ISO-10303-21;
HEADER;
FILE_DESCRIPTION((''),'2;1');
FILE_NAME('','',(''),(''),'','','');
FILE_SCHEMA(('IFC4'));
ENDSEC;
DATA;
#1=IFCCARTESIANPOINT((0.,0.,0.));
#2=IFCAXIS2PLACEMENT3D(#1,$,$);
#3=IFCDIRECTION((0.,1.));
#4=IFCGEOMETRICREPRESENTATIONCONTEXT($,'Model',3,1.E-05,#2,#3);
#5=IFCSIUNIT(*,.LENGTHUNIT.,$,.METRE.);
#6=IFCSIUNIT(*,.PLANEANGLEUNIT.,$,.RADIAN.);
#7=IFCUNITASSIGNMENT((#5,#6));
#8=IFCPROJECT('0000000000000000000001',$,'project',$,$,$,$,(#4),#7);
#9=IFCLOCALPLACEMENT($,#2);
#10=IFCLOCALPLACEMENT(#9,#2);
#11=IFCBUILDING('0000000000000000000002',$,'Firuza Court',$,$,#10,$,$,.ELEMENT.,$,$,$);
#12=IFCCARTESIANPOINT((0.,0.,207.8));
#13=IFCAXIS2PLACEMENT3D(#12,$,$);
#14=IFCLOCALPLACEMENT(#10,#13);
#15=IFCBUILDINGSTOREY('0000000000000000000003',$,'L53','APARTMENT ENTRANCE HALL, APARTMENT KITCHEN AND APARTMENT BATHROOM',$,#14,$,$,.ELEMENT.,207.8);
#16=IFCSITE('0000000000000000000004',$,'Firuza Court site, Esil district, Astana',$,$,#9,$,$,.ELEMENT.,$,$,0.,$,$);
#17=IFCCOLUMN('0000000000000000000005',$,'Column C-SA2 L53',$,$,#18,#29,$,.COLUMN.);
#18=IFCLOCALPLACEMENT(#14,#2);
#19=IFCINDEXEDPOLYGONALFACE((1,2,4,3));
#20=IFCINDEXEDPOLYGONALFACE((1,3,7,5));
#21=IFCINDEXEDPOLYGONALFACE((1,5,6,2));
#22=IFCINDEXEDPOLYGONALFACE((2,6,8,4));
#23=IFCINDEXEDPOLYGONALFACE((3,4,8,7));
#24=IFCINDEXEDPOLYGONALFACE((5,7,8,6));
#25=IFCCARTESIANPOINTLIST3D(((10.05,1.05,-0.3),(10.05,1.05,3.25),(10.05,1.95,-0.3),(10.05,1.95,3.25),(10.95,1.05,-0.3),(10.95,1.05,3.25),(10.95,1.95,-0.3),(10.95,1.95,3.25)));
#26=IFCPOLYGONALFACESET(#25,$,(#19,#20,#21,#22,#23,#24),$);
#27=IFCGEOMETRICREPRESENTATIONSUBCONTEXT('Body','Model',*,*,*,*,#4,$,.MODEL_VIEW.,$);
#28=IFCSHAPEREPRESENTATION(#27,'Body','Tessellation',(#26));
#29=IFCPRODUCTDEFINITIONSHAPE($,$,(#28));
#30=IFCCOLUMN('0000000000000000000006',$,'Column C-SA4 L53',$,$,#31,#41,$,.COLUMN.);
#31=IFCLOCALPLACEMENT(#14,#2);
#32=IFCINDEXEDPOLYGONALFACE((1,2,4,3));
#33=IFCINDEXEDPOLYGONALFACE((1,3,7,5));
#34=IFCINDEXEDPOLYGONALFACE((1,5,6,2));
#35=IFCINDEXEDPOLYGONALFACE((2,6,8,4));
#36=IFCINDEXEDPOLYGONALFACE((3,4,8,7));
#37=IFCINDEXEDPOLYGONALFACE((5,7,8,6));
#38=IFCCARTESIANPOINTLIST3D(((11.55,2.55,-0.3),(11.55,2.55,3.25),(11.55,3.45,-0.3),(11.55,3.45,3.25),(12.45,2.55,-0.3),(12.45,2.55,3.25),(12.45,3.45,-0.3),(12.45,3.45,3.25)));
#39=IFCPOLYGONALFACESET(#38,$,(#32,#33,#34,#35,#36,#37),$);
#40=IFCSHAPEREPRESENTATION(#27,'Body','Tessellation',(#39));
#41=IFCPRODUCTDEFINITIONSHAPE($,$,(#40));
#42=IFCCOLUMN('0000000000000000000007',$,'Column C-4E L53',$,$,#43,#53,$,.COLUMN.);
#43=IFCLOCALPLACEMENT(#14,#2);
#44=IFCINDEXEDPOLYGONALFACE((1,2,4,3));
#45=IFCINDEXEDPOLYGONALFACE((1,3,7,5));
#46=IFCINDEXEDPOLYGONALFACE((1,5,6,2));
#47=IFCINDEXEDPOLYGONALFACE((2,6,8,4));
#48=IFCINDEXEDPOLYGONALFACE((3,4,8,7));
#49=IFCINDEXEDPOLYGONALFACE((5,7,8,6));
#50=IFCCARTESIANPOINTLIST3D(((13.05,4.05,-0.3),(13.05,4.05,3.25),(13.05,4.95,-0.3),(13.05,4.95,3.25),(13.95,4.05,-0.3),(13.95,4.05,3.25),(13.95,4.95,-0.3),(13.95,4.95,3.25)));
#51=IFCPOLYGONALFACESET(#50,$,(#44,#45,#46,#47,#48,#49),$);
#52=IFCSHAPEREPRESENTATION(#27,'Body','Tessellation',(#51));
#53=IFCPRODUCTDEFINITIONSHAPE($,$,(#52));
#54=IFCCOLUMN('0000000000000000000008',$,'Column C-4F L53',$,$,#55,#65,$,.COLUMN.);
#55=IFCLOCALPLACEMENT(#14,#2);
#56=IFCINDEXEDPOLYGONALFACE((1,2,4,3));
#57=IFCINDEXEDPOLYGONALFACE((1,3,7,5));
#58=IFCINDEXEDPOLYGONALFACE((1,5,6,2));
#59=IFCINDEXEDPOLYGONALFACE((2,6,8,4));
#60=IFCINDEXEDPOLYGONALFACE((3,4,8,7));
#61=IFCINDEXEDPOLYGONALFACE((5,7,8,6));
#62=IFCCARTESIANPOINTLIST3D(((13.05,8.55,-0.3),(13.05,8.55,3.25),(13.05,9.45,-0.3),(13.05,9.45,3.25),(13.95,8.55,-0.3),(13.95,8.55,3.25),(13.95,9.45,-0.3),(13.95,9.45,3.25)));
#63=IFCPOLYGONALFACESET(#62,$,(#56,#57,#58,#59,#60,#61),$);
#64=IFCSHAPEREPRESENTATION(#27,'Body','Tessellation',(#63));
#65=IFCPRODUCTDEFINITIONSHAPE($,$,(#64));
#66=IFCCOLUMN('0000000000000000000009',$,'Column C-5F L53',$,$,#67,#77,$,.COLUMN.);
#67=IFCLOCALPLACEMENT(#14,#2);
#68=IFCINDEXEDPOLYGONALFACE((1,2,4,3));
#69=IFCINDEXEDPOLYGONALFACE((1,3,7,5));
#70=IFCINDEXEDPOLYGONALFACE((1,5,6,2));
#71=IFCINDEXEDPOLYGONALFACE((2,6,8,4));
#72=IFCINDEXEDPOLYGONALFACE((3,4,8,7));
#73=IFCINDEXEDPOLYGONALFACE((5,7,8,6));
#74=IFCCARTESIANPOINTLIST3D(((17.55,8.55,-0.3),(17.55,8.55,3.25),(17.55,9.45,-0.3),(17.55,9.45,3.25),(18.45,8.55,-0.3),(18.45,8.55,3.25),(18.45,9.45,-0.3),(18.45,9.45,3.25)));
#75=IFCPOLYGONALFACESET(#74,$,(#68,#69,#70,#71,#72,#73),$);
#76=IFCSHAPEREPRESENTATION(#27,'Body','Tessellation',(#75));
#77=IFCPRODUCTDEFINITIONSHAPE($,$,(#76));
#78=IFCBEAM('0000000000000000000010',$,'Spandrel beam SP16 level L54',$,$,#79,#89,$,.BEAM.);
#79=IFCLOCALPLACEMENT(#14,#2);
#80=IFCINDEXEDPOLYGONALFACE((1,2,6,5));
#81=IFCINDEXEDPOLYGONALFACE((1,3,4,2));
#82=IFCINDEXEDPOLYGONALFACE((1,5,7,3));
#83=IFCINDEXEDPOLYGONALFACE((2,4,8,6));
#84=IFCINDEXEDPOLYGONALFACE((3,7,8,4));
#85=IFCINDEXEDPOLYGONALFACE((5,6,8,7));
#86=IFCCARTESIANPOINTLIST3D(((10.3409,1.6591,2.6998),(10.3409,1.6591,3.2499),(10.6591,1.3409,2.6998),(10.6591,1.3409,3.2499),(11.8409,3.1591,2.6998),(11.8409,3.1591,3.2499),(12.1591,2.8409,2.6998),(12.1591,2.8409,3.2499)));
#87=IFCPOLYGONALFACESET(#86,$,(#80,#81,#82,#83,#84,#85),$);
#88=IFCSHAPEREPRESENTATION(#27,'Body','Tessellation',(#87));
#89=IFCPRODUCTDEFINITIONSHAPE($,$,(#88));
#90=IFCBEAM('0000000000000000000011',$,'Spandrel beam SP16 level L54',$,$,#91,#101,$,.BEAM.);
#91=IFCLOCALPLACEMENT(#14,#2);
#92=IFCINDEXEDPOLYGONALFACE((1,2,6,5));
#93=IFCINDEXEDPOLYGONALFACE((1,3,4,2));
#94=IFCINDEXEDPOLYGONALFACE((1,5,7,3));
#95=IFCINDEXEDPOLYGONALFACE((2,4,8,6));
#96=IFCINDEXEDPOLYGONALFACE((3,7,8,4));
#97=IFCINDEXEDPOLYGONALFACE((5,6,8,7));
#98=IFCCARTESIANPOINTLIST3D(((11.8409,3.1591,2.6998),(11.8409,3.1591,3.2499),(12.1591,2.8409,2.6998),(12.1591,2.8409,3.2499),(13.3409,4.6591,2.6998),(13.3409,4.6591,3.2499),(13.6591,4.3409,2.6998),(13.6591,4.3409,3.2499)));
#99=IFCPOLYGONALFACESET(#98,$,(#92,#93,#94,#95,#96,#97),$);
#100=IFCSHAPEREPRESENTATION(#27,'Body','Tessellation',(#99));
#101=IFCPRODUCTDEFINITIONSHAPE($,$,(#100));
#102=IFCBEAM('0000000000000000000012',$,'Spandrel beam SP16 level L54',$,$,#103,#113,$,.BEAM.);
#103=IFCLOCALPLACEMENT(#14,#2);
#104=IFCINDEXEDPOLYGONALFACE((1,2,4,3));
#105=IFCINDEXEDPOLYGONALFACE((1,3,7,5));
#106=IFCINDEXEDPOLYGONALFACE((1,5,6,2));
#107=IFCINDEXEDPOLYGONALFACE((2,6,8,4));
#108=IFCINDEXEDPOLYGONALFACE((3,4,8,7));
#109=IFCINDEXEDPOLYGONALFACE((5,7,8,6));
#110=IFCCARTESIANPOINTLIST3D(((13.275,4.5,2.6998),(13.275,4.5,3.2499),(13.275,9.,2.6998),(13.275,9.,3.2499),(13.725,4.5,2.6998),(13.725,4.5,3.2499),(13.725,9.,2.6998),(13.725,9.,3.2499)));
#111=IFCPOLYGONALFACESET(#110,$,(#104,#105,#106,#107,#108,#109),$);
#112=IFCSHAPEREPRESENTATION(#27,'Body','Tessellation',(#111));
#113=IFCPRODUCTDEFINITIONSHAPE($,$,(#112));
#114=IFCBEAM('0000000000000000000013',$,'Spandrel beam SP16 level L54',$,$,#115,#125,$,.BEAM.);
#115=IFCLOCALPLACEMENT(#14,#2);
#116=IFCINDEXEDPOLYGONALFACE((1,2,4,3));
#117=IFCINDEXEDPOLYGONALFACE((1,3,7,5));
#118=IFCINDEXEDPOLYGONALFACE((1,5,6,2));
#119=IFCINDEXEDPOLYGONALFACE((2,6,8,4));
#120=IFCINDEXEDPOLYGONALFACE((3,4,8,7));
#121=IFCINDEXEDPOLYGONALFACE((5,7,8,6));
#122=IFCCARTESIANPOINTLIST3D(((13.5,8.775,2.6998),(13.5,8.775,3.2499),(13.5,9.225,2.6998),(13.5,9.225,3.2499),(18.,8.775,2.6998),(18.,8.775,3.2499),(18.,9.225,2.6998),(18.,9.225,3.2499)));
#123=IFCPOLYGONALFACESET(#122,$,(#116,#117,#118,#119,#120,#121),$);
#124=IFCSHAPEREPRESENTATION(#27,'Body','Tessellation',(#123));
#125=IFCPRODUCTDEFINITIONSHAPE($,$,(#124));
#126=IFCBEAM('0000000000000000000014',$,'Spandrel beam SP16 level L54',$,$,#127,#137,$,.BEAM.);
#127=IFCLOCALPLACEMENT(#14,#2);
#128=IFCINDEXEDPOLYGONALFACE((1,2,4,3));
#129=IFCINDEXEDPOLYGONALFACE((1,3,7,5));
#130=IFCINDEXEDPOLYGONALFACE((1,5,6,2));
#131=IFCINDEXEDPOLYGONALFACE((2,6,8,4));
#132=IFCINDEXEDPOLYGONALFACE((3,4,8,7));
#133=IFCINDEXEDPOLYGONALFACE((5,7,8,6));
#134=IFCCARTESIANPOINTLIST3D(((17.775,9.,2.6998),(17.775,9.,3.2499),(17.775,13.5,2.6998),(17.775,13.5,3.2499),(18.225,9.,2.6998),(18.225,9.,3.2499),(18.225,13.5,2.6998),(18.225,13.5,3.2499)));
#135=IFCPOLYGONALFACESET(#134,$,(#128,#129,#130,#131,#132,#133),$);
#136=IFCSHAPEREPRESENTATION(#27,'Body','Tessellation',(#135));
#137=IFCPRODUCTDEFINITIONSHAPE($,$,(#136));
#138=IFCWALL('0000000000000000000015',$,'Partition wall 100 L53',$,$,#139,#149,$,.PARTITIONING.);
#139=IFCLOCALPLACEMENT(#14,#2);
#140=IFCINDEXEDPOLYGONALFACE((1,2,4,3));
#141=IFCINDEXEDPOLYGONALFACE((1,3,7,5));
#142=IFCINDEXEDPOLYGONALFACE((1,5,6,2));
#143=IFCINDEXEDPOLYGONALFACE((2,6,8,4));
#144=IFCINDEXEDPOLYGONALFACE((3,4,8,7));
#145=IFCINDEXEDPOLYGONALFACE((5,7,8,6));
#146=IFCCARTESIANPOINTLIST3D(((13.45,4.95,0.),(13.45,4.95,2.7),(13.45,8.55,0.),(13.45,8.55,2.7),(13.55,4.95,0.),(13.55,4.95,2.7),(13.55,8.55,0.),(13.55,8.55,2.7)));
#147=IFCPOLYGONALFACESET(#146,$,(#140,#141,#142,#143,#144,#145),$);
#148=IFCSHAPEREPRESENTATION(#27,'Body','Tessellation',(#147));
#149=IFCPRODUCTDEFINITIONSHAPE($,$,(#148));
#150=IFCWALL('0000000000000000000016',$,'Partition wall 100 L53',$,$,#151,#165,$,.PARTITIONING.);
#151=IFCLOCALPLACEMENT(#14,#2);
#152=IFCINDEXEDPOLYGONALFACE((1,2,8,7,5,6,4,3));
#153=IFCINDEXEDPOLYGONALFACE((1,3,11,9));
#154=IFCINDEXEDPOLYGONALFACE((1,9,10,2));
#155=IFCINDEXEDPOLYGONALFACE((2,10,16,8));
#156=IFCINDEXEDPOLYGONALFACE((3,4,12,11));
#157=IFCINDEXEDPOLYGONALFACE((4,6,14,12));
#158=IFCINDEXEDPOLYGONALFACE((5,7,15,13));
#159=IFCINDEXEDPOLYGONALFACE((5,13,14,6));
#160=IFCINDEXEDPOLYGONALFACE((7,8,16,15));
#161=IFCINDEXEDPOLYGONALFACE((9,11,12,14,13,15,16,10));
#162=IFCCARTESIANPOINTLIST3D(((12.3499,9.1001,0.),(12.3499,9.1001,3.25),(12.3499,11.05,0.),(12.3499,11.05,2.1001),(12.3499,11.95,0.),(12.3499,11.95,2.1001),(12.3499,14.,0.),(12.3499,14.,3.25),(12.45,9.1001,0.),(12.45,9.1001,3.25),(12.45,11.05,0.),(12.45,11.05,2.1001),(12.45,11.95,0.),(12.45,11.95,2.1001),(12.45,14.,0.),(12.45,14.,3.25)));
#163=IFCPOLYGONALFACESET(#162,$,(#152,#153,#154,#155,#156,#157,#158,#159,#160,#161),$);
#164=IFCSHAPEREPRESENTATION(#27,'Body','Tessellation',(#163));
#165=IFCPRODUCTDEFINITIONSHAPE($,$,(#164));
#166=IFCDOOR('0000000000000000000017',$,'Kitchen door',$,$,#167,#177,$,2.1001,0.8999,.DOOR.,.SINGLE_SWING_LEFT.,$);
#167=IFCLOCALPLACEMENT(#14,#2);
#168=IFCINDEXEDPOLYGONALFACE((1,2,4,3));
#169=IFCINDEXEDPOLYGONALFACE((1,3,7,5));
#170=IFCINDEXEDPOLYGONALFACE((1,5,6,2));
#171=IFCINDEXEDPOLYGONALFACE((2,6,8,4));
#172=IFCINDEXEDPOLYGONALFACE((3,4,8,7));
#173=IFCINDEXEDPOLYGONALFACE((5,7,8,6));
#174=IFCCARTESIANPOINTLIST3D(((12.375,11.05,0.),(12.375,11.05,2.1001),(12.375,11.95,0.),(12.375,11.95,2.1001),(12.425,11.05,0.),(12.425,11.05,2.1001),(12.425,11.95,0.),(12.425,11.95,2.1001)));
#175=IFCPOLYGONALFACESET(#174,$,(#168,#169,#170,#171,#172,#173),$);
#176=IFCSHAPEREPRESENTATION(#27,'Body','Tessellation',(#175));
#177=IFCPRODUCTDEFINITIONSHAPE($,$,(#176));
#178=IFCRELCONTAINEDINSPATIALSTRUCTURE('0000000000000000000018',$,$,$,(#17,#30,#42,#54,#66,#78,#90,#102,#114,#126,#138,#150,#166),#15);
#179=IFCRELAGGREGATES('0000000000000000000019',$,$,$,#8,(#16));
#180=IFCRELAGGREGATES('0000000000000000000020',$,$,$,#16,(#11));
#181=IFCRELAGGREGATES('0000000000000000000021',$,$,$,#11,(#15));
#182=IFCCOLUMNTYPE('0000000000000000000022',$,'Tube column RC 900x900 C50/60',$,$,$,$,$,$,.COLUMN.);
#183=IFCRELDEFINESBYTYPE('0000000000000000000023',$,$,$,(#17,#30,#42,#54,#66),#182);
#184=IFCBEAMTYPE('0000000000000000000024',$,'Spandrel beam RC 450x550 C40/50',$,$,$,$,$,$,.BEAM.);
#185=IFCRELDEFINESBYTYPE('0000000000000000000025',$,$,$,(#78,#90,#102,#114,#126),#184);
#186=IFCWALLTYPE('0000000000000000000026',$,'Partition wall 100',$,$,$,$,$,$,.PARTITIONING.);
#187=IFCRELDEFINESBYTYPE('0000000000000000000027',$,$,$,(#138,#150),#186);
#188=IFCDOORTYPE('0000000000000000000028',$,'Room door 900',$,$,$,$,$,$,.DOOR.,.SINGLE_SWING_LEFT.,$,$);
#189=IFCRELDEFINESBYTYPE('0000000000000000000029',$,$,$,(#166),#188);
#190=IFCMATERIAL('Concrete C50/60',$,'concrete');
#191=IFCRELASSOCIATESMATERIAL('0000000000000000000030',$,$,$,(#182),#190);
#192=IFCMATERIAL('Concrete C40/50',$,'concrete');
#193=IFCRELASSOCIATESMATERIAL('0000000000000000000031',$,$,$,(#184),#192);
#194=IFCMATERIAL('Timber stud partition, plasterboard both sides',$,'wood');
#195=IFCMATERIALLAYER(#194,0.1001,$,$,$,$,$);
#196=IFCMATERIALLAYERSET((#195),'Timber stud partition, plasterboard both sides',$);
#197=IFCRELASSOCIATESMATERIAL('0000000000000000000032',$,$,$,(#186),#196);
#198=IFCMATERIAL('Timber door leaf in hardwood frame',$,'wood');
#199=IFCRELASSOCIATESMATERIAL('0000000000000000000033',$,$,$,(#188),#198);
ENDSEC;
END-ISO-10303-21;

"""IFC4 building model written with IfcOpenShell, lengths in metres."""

from ifc_helpers import new_model, si_unit, direction, frame, frame_2d, origin, origin_2d, place, context, subcontext, project, spatial, rectangle, extrude, material, layer, layer_set, material_profile, profile_set, type_object, element, fill, save


model = new_model("IFC4")

# Units and contexts
model_context = context("Model", 3, precision=1e-05, world=origin(), true_north=direction((0.0, 1.0)))
body_context = subcontext(model_context, "Body", "Model", "MODEL_VIEW")
ifc_project = project(units=[si_unit("LENGTHUNIT", "METRE"), si_unit("PLANEANGLEUNIT", "RADIAN")], contexts=[model_context])

# Site, building, storey
site_placement = place(None, origin())
site = spatial("IfcSite", under=ifc_project, at=site_placement, Name="Firuza Court site, Esil district, Astana", CompositionType="ELEMENT", RefElevation=0.0)
building_placement = place(site_placement, origin())
building = spatial("IfcBuilding", under=site, at=building_placement, Name="Firuza Court", CompositionType="ELEMENT")
storey_placement = place(building_placement, frame((0.0, 0.0, 207.8)))
storey = spatial("IfcBuildingStorey", under=building, at=storey_placement, Name="L53", Description="APARTMENT ENTRANCE HALL, APARTMENT KITCHEN AND APARTMENT BATHROOM", CompositionType="ELEMENT", Elevation=207.8)

# Columns
ifc_material_1 = material(Name="Concrete C50/60", Category="concrete")
ifc_material_profile_1 = material_profile(ifc_material_1, rectangle(XDim=0.8999, YDim=0.8999, at=origin_2d()), Name="RC 900x900")
ifc_profile_set_1 = profile_set([ifc_material_profile_1], Name="Concrete C50/60")
column_type = type_object("IfcColumnType", Name="Tube column RC 900x900 C50/60", PredefinedType="COLUMN", material=ifc_profile_set_1)
for number, where, z_axis, x_axis, name in (
    (1, (10.5, 1.5, -0.3), (0.0, 0.0, 1.0), (1.0, 0.0, 0.0), "Column C-SA2 L53"),
    (2, (12.0, 3.0, -0.3), (0.0, 0.0, 1.0), (1.0, 0.0, 0.0), "Column C-SA4 L53"),
    (3, (13.5, 4.5, -0.3), (0.0, 0.0, 1.0), (1.0, 0.0, 0.0), "Column C-4E L53"),
    (4, (13.5, 9.0, -0.3), (0.0, 0.0, 1.0), (1.0, 0.0, 0.0), "Column C-4F L53"),
    (5, (18.0, 9.0, -0.3), (0.0, 0.0, 1.0), (1.0, 0.0, 0.0), "Column C-5F L53"),
):
    element("IfcColumn", number, at=place(storey_placement, frame(where, z_axis=z_axis, x_axis=x_axis)), inside=storey, type_object=column_type, Name=name, PredefinedType="COLUMN", context=body_context, shape_type="SweptSolid", body=[
        extrude(rectangle(XDim=0.8999, YDim=0.8999, at=origin_2d()), origin(), (0.0, 0.0, 1.0), 3.55),
    ])

# Beams
ifc_material_2 = material(Name="Concrete C40/50", Category="concrete")
ifc_material_profile_2 = material_profile(ifc_material_2, rectangle(XDim=0.45, YDim=0.55, at=origin_2d()), Name="RC 450x550")
ifc_profile_set_2 = profile_set([ifc_material_profile_2], Name="Concrete C40/50")
beam_type = type_object("IfcBeamType", Name="Spandrel beam RC 450x550 C40/50", PredefinedType="BEAM", material=ifc_profile_set_2)
for number, where, z_axis, x_axis, name in (
    (6, (10.5, 1.5, 2.9749), (0.707107, 0.707107, 0.0), (-0.707107, 0.707107, 0.0), "Spandrel beam SP16 level L54"),
    (7, (12.0, 3.0, 2.9749), (0.707107, 0.707107, 0.0), (-0.707107, 0.707107, 0.0), "Spandrel beam SP16 level L54"),
):
    element("IfcBeam", number, at=place(storey_placement, frame(where, z_axis=z_axis, x_axis=x_axis)), inside=storey, type_object=beam_type, Name=name, PredefinedType="BEAM", context=body_context, shape_type="SweptSolid", body=[
        extrude(rectangle(XDim=0.45, YDim=0.55, at=origin_2d()), origin(), (0.0, 0.0, 1.0), 2.1213),
    ])
for number, where, z_axis, x_axis, name in (
    (8, (13.5, 4.5, 2.9749), (0.0, 1.0, 0.0), (-1.0, 0.0, 0.0), "Spandrel beam SP16 level L54"),
    (9, (13.5, 9.0, 2.9749), (1.0, 0.0, 0.0), (0.0, 1.0, 0.0), "Spandrel beam SP16 level L54"),
    (10, (18.0, 9.0, 2.9749), (0.0, 1.0, 0.0), (-1.0, 0.0, 0.0), "Spandrel beam SP16 level L54"),
):
    element("IfcBeam", number, at=place(storey_placement, frame(where, z_axis=z_axis, x_axis=x_axis)), inside=storey, type_object=beam_type, Name=name, PredefinedType="BEAM", context=body_context, shape_type="SweptSolid", body=[
        extrude(rectangle(XDim=0.45, YDim=0.55, at=origin_2d()), origin(), (0.0, 0.0, 1.0), 4.5),
    ])

# Wall
ifc_material_3 = material(Name="Timber stud partition, plasterboard both sides", Category="wood")
ifc_layer_1 = layer(ifc_material_3, 0.1001)
ifc_layer_set_1 = layer_set([ifc_layer_1], Name="Timber stud partition, plasterboard both sides")
wall_type_1 = type_object("IfcWallType", Name="Partition wall 100", PredefinedType="PARTITIONING", material=ifc_layer_set_1)
wall_1_placement = place(storey_placement, frame((13.5, 4.95, 0.0), z_axis=(0.0, 0.0, 1.0), x_axis=(0.0, 1.0, 0.0)))
element("IfcWall", 11, at=wall_1_placement, inside=storey, type_object=wall_type_1, Name="Partition wall 100 L53", PredefinedType="PARTITIONING", context=body_context, shape_type="SweptSolid", body=[
    extrude(rectangle(XDim=3.6001, YDim=0.1001, at=frame_2d((1.8, 0.0))), origin(), (0.0, 0.0, 1.0), 2.7),
])

# Wall, opening, door
wall_2_placement = place(storey_placement, frame((12.3999, 9.1001, 0.0), z_axis=(0.0, 0.0, 1.0), x_axis=(0.0, 1.0, 0.0)))
wall_2 = element("IfcWall", 12, at=wall_2_placement, inside=storey, type_object=wall_type_1, Name="Partition wall 100 L53", PredefinedType="PARTITIONING", context=body_context, shape_type="SweptSolid", body=[
    extrude(rectangle(XDim=4.8999, YDim=0.1001, at=frame_2d((2.45, 0.0))), origin(), (0.0, 0.0, 1.0), 3.25),
])
opening_1_placement = place(wall_2_placement, frame((1.95, 0.0, 0.0)))
opening_1 = element("IfcOpeningElement", 13, at=opening_1_placement, cuts=wall_2, PredefinedType="OPENING", context=body_context, shape_type="SweptSolid", body=[
    extrude(rectangle(XDim=0.8999, YDim=2.1001, at=frame_2d((0.45, 1.05))), frame((0.0, 0.062, 0.0), z_axis=(0.0, -1.0, 0.0), x_axis=(1.0, 0.0, 0.0)), (0.0, 0.0, 1.0), 0.124),
])
ifc_material_4 = material(Name="Timber door leaf in hardwood frame", Category="wood")
door_type = type_object("IfcDoorType", Name="Room door 900", OperationType="SINGLE_SWING_LEFT", PredefinedType="DOOR", material=ifc_material_4)
door_1_placement = place(opening_1_placement, origin())
door_1 = element("IfcDoor", 14, at=door_1_placement, inside=storey, type_object=door_type, Name="Kitchen door", OperationType="SINGLE_SWING_LEFT", OverallHeight=2.1001, OverallWidth=0.8999, PredefinedType="DOOR", context=body_context, shape_type="SweptSolid", body=[
    extrude(rectangle(XDim=0.8999, YDim=2.1001, at=frame_2d((0.45, 1.05))), frame((0.0, 0.0249, 0.0), z_axis=(0.0, -1.0, 0.0), x_axis=(1.0, 0.0, 0.0)), (0.0, 0.0, 1.0), 0.05),
])
fill(opening_1, door_1)

save(model, "model.ifc")
